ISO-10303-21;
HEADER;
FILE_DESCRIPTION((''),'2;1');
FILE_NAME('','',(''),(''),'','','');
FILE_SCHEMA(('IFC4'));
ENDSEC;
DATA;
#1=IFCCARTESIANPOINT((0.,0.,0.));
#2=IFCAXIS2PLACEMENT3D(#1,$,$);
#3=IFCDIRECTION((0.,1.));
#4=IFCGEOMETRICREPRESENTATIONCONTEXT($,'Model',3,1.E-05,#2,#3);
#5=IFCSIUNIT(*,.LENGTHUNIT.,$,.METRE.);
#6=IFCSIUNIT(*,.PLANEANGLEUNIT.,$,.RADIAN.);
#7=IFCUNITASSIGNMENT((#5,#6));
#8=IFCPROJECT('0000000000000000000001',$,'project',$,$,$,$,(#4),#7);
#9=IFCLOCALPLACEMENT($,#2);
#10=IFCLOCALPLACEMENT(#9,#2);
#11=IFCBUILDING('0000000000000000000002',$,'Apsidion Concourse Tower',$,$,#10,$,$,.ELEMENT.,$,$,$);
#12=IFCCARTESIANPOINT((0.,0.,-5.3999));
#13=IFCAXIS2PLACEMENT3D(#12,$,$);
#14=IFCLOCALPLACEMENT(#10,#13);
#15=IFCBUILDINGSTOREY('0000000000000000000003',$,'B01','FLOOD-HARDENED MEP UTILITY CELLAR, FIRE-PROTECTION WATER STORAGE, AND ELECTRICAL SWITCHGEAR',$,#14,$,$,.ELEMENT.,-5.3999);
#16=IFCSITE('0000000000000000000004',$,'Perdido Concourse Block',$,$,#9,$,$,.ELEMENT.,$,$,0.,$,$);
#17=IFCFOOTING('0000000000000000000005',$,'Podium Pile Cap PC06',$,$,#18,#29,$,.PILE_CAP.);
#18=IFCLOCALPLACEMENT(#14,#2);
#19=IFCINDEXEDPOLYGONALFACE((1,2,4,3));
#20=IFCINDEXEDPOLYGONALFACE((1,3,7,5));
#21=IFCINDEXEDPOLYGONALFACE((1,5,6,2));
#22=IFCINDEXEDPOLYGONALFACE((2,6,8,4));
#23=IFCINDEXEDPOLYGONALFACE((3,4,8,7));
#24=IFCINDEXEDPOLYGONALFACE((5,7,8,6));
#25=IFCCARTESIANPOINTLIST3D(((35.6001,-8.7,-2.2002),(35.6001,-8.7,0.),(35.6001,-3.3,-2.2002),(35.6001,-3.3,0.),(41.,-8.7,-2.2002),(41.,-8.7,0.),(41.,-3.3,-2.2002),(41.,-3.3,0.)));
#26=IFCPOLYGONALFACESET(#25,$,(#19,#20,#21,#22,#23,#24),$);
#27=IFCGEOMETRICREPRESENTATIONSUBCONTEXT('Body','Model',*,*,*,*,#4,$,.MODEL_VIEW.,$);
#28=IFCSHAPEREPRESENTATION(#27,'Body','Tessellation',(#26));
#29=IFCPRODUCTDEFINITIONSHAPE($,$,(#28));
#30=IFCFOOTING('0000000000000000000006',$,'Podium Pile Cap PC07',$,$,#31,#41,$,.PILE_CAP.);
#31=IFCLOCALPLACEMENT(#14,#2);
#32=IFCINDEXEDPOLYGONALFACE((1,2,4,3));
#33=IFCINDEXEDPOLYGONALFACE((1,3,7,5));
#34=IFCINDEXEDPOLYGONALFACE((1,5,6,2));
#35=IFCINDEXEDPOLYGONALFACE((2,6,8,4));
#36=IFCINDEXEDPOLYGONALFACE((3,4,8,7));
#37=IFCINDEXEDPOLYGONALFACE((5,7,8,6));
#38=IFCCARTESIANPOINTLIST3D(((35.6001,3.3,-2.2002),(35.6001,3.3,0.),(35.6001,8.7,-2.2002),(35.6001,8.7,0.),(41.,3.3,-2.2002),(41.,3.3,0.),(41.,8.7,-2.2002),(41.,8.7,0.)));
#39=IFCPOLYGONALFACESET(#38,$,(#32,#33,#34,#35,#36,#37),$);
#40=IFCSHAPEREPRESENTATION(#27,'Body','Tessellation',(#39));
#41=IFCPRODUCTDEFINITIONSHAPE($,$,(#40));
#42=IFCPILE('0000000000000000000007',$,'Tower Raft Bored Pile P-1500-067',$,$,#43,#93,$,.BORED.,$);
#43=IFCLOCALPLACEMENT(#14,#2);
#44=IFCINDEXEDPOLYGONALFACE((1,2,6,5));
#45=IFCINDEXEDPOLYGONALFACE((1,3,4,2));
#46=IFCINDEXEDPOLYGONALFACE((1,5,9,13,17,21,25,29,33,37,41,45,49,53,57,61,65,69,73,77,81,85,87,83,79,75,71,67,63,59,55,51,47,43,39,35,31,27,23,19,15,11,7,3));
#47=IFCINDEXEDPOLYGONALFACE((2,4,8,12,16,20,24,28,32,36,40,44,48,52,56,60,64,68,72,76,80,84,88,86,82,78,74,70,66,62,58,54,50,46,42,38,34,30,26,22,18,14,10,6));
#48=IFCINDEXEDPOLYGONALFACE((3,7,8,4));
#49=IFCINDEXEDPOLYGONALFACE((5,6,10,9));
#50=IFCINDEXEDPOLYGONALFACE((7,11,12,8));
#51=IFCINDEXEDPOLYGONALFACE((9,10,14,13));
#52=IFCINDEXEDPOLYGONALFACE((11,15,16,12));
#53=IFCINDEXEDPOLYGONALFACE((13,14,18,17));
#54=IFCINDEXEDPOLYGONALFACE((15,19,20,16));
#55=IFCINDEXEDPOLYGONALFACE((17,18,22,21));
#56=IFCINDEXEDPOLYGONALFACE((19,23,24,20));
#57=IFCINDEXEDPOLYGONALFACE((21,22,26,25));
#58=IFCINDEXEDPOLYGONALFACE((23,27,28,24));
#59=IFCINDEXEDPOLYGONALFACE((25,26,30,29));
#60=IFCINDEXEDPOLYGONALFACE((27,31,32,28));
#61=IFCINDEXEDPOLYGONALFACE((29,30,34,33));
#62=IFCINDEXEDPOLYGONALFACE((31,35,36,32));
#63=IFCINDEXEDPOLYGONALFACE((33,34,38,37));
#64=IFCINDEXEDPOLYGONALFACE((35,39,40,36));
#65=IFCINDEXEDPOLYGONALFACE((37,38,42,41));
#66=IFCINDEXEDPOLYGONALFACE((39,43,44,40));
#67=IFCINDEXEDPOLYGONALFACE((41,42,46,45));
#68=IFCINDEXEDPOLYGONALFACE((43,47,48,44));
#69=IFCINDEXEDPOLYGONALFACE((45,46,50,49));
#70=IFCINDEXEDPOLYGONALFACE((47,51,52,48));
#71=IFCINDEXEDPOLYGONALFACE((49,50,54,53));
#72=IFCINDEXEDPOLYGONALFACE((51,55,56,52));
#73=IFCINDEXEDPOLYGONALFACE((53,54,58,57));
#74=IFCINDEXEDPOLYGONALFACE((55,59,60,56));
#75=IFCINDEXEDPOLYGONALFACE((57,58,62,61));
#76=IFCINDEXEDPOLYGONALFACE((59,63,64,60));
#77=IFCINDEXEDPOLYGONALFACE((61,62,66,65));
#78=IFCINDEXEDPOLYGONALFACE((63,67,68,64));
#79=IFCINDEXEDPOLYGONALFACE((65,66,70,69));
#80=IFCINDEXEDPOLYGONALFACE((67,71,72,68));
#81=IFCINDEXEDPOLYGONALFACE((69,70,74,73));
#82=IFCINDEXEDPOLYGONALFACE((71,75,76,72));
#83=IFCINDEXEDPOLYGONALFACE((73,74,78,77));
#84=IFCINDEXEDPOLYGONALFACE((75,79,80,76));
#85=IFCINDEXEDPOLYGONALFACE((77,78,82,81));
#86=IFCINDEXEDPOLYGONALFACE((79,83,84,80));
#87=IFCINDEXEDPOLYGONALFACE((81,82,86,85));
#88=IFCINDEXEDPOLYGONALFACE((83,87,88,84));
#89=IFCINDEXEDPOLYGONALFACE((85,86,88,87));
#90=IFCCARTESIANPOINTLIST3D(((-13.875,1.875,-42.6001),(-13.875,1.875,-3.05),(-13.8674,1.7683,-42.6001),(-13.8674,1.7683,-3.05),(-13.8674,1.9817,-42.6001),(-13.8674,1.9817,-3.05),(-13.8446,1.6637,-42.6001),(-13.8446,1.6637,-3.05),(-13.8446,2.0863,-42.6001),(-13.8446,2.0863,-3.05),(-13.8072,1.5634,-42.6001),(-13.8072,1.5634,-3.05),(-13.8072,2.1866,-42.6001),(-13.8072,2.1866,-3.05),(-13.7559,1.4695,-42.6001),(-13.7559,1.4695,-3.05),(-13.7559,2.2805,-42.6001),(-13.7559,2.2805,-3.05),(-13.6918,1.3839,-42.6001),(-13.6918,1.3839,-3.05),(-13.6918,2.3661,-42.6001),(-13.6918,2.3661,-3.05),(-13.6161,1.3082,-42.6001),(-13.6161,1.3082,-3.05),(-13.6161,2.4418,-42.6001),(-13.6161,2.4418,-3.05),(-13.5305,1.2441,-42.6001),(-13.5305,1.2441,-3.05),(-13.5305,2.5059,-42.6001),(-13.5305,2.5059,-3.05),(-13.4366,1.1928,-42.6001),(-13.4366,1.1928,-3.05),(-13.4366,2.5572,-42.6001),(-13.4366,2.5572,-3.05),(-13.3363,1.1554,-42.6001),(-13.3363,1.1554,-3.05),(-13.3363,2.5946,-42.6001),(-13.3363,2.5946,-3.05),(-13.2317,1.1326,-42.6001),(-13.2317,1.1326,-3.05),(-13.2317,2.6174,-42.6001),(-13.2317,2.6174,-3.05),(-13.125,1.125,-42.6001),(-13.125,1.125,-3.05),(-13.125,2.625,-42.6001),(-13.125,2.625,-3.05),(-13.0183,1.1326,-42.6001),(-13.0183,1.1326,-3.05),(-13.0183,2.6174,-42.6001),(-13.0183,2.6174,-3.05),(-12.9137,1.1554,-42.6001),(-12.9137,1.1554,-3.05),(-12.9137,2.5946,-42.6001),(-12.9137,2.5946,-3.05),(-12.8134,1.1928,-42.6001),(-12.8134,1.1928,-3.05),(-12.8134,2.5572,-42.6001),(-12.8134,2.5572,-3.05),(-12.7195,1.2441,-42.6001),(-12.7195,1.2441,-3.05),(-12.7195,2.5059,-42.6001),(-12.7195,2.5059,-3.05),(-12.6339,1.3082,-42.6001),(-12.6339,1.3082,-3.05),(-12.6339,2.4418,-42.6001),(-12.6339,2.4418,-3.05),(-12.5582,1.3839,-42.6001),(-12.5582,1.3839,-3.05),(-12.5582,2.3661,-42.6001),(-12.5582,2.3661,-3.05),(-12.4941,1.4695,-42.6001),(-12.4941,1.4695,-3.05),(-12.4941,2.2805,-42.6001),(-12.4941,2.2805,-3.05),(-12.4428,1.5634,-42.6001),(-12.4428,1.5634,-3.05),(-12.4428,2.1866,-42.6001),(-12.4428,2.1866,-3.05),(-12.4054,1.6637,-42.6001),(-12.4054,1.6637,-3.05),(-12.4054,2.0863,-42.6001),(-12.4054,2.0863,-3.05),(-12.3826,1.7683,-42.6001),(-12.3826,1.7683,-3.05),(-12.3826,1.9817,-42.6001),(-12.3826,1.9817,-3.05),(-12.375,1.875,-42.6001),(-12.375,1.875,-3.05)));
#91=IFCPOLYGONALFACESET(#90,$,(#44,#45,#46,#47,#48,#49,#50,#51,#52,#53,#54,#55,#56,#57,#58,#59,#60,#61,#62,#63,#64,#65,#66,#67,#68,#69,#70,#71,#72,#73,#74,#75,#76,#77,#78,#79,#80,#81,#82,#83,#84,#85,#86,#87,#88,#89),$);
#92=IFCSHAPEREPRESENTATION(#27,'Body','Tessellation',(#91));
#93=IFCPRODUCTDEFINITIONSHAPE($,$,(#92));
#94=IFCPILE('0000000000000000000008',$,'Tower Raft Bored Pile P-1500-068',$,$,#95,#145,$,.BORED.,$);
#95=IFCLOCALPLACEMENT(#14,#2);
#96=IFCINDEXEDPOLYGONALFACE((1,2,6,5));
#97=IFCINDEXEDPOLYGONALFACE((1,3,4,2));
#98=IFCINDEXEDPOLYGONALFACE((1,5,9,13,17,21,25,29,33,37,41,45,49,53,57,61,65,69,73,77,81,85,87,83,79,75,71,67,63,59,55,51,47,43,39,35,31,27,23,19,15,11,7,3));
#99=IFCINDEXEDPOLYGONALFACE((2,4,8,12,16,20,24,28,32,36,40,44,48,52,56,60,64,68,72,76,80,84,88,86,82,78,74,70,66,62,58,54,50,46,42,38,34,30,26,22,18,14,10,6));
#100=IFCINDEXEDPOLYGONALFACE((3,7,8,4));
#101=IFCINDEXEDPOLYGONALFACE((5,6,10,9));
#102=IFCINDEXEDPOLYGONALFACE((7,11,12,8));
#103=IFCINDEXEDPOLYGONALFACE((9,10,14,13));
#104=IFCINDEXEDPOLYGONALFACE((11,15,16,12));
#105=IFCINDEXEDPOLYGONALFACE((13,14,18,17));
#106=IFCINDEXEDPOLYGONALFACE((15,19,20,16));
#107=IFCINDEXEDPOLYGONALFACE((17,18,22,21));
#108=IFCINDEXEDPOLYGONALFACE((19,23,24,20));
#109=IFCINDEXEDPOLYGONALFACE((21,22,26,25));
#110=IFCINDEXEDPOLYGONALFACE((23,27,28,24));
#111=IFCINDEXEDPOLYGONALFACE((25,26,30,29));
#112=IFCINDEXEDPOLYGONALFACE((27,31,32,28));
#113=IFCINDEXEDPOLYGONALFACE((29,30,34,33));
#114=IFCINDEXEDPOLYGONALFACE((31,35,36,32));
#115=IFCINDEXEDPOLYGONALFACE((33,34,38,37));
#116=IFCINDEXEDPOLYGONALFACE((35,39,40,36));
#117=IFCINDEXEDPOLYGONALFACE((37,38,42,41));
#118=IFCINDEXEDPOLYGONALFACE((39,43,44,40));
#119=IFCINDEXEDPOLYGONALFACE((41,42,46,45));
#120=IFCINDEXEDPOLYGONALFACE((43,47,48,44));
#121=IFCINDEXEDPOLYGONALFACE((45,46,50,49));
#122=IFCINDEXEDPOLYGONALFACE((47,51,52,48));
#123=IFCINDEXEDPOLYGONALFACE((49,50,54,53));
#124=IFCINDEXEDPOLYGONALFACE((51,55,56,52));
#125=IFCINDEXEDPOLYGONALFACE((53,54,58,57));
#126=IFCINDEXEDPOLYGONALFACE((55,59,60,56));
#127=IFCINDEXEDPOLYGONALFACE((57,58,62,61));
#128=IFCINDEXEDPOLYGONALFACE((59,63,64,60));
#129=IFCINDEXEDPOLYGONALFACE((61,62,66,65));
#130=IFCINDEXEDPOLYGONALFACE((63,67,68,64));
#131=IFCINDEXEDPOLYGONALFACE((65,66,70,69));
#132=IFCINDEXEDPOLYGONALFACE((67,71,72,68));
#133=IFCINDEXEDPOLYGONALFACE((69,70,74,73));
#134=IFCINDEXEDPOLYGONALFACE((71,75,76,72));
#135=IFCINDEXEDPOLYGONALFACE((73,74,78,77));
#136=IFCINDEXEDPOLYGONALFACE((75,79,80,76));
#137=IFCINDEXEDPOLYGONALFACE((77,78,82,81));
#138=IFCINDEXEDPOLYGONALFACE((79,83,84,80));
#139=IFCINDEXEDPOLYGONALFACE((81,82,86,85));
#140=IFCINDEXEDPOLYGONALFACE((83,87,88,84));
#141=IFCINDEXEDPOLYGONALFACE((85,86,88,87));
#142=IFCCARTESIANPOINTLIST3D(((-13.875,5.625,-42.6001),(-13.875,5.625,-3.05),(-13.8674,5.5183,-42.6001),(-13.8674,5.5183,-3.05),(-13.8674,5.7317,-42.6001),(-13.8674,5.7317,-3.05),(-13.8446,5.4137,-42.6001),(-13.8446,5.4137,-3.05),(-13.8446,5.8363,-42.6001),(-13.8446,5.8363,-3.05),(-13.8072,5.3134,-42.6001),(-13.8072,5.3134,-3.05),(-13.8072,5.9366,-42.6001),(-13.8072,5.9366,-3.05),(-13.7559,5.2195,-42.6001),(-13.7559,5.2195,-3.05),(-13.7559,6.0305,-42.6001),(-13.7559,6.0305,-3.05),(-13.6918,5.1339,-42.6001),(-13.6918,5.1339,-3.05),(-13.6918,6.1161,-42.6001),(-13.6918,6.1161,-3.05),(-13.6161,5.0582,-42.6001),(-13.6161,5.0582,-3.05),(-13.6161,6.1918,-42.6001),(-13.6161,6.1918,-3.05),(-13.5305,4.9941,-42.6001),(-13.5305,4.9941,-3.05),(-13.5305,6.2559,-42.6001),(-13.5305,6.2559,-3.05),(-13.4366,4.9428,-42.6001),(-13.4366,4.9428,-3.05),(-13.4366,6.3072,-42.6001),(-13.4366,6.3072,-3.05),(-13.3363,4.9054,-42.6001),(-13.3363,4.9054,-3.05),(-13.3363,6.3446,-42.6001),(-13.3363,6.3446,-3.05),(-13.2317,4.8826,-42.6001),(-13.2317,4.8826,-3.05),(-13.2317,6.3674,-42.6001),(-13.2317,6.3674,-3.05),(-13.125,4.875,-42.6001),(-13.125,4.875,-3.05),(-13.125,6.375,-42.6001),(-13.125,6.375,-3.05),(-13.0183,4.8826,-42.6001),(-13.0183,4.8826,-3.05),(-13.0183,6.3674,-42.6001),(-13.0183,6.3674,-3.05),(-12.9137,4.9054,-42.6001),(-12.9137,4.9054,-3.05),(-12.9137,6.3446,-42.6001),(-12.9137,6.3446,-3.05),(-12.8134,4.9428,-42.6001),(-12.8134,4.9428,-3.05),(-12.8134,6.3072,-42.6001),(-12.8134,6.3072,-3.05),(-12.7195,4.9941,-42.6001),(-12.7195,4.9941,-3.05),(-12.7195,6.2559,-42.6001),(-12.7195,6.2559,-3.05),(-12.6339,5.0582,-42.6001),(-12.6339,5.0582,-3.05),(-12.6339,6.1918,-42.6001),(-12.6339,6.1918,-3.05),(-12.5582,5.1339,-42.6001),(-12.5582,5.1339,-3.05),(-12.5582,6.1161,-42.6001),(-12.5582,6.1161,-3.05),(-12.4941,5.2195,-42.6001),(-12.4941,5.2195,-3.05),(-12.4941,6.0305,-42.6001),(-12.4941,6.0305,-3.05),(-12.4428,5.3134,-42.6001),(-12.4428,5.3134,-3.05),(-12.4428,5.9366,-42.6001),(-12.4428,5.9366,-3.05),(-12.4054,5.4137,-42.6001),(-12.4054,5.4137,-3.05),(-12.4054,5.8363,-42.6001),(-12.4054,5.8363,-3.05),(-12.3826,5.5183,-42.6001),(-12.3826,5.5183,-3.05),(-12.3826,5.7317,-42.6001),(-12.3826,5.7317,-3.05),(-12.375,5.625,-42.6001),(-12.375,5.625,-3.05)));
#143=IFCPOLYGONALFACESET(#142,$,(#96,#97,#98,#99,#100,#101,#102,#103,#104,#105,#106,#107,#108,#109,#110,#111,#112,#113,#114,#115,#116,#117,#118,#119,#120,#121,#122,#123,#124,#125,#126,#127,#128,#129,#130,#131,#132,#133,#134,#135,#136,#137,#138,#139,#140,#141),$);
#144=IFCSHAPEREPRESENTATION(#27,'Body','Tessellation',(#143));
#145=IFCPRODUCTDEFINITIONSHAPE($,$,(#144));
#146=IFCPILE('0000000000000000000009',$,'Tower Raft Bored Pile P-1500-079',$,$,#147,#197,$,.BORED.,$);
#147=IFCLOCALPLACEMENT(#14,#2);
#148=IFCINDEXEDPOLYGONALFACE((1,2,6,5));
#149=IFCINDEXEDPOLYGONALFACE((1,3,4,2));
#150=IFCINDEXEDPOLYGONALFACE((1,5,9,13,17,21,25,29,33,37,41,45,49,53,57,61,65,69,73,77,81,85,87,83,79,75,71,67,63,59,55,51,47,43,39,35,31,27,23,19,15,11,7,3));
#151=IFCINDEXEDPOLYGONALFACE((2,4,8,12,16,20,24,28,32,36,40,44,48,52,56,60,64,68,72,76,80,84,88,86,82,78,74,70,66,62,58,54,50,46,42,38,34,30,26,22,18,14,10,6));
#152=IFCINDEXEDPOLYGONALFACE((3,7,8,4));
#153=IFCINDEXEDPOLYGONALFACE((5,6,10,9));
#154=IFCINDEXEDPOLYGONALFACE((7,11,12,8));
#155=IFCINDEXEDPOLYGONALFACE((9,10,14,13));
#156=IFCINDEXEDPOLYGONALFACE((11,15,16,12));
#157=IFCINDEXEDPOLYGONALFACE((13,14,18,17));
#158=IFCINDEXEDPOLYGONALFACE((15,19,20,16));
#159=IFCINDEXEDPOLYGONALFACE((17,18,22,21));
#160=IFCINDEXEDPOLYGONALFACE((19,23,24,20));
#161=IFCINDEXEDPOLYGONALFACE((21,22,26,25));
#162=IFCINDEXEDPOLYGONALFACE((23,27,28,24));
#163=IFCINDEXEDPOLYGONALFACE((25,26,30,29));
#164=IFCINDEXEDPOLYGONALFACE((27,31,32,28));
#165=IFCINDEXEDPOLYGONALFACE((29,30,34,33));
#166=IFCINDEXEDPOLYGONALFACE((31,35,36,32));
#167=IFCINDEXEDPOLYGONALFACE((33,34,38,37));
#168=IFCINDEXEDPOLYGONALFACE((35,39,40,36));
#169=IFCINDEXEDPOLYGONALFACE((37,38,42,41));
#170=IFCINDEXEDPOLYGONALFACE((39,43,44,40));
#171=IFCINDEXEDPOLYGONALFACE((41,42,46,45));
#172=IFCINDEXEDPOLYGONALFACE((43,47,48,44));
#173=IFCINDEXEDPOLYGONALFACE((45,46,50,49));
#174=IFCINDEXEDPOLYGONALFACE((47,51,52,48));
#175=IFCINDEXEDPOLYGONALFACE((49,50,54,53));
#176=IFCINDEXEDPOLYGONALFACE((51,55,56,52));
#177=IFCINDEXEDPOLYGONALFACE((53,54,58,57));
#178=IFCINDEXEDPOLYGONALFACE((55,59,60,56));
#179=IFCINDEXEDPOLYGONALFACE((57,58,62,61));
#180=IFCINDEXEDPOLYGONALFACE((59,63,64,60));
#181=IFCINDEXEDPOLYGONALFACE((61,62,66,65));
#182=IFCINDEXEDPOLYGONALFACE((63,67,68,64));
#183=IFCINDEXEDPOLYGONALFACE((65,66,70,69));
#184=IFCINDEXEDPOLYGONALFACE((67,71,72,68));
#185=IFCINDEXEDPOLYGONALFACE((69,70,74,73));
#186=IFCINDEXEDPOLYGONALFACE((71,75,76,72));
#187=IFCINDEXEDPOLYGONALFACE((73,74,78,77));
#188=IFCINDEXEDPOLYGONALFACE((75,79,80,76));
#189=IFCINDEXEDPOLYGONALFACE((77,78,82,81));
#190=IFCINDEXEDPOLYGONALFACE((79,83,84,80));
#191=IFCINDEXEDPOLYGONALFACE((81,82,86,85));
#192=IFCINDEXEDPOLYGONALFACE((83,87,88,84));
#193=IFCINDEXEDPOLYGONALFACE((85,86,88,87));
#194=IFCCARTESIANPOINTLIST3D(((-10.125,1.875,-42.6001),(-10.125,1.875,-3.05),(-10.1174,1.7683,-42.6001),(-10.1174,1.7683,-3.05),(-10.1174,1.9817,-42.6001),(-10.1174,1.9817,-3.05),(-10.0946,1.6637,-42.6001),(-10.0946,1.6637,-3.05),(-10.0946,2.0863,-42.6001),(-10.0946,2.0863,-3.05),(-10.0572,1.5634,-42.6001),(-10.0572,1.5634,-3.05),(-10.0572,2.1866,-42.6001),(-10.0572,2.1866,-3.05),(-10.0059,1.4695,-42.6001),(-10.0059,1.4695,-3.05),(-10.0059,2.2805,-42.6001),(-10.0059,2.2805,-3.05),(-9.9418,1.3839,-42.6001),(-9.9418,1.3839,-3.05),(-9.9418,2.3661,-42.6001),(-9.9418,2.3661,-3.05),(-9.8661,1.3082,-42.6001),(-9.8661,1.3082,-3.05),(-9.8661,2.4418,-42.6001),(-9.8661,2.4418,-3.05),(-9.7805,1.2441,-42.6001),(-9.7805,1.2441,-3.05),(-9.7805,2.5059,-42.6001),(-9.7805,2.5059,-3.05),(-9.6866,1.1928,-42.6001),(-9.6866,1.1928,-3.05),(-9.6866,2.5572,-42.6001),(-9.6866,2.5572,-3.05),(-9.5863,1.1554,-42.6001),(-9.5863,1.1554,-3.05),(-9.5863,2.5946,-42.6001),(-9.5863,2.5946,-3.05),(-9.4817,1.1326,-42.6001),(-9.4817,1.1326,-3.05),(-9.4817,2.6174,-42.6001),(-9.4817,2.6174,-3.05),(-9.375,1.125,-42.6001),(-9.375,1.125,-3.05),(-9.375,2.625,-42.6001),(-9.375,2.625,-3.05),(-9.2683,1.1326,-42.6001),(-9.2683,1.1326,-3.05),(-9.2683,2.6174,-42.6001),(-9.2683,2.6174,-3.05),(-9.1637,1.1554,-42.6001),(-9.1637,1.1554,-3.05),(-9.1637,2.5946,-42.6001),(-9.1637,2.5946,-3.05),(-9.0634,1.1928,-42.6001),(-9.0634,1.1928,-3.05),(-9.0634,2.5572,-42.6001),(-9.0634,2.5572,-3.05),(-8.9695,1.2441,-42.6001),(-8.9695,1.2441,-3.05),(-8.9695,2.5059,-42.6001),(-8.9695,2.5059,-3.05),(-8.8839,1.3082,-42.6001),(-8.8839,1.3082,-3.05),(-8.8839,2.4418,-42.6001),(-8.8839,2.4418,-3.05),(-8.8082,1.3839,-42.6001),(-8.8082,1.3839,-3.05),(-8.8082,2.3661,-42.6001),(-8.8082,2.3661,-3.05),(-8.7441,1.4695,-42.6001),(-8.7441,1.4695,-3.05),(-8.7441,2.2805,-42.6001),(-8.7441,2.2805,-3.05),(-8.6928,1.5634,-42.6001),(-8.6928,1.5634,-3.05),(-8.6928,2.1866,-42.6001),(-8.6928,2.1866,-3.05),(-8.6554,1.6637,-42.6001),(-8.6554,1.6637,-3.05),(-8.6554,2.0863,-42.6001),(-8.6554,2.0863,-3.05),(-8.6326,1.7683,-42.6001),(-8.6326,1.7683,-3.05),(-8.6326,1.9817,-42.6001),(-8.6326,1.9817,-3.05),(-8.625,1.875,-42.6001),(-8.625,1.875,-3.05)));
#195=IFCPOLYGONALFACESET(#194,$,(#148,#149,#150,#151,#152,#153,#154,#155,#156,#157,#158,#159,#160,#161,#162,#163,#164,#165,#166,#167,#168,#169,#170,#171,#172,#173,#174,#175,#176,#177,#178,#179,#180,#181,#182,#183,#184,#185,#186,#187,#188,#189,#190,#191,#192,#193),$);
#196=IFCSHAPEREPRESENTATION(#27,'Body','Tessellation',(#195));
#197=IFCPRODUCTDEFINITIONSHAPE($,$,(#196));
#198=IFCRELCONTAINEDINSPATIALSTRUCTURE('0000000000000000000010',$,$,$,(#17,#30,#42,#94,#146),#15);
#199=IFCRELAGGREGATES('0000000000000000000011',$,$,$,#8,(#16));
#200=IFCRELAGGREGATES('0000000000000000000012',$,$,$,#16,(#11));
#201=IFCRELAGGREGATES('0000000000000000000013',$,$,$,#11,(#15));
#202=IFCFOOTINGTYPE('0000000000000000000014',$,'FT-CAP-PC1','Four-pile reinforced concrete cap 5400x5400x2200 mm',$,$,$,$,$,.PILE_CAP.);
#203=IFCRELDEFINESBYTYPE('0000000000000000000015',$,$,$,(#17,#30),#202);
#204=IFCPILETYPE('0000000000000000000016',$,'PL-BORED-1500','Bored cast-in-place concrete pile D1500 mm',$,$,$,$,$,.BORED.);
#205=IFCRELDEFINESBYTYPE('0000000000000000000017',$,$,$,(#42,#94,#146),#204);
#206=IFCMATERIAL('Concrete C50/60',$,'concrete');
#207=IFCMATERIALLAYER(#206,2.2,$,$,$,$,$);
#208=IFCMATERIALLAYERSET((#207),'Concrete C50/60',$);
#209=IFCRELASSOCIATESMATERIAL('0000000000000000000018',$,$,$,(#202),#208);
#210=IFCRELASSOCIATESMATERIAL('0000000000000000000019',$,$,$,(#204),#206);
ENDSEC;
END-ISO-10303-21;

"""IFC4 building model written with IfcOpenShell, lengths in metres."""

from ifc_helpers import new_model, si_unit, direction, frame, origin, origin_2d, place, context, subcontext, project, spatial, polyline, circle, outline, extrude, material, layer, layer_set, material_profile, profile_set, type_object, element, save


model = new_model("IFC4")

# Units and contexts
model_context = context("Model", 3, precision=1e-05, world=origin(), true_north=direction((0.0, 1.0)))
body_context = subcontext(model_context, "Body", "Model", "MODEL_VIEW")
ifc_project = project(units=[si_unit("LENGTHUNIT", "METRE"), si_unit("PLANEANGLEUNIT", "RADIAN")], contexts=[model_context])

# Site, building, storey
site_placement = place(None, origin())
site = spatial("IfcSite", under=ifc_project, at=site_placement, Name="Perdido Concourse Block", CompositionType="ELEMENT", RefElevation=0.0)
building_placement = place(site_placement, origin())
building = spatial("IfcBuilding", under=site, at=building_placement, Name="Apsidion Concourse Tower", CompositionType="ELEMENT")
storey_placement = place(building_placement, frame((0.0, 0.0, -5.3999)))
storey = spatial("IfcBuildingStorey", under=building, at=storey_placement, Name="B01", Description="FLOOD-HARDENED MEP UTILITY CELLAR, FIRE-PROTECTION WATER STORAGE, AND ELECTRICAL SWITCHGEAR", CompositionType="ELEMENT", Elevation=-5.3999)

# Footings
ifc_material_1 = material(Name="Concrete C50/60", Category="concrete")
ifc_layer_1 = layer(ifc_material_1, 2.2)
ifc_layer_set_1 = layer_set([ifc_layer_1], Name="Concrete C50/60")
footing_type = type_object("IfcFootingType", Name="FT-CAP-PC1", Description="Four-pile reinforced concrete cap 5400x5400x2200 mm", PredefinedType="PILE_CAP", material=ifc_layer_set_1)
footing_1_placement = place(storey_placement, frame((0.0, 0.0, -2.2002)))
element("IfcFooting", 1, at=footing_1_placement, inside=storey, type_object=footing_type, Name="Podium Pile Cap PC06", PredefinedType="PILE_CAP", context=body_context, shape_type="SweptSolid", body=[
    extrude(outline(polyline([(35.6001, -8.7), (41.0, -8.7), (41.0, -3.3), (35.6001, -3.3), (35.6001, -8.7)])), origin(), (0.0, 0.0, 1.0), 2.2002),
])
footing_2_placement = place(storey_placement, frame((0.0, 0.0, -2.2002)))
element("IfcFooting", 2, at=footing_2_placement, inside=storey, type_object=footing_type, Name="Podium Pile Cap PC07", PredefinedType="PILE_CAP", context=body_context, shape_type="SweptSolid", body=[
    extrude(outline(polyline([(35.6001, 3.3), (41.0, 3.3), (41.0, 8.7), (35.6001, 8.7), (35.6001, 3.3)])), origin(), (0.0, 0.0, 1.0), 2.2002),
])

# Piles
ifc_material_profile_1 = material_profile(ifc_material_1, circle(Radius=0.75, at=origin_2d()), Name="BORED PILE D1500")
ifc_profile_set_1 = profile_set([ifc_material_profile_1], Name="Concrete C50/60")
pile_type = type_object("IfcPileType", Name="PL-BORED-1500", Description="Bored cast-in-place concrete pile D1500 mm", PredefinedType="BORED", material=ifc_profile_set_1)
for number, where, z_axis, x_axis, name in (
    (3, (-13.125, 1.875, -3.05), (0.0, 0.0, -1.0), (1.0, 0.0, 0.0), "Tower Raft Bored Pile P-1500-067"),
    (4, (-13.125, 5.625, -3.05), (0.0, 0.0, -1.0), (1.0, 0.0, 0.0), "Tower Raft Bored Pile P-1500-068"),
    (5, (-9.375, 1.875, -3.05), (0.0, 0.0, -1.0), (1.0, 0.0, 0.0), "Tower Raft Bored Pile P-1500-079"),
):
    element("IfcPile", number, at=place(storey_placement, frame(where, z_axis=z_axis, x_axis=x_axis)), inside=storey, type_object=pile_type, Name=name, PredefinedType="BORED", context=body_context, shape_type="SweptSolid", body=[
        extrude(circle(Radius=0.75, at=origin_2d()), origin(), (0.0, 0.0, 1.0), 39.55),
    ])

save(model, "model.ifc")
